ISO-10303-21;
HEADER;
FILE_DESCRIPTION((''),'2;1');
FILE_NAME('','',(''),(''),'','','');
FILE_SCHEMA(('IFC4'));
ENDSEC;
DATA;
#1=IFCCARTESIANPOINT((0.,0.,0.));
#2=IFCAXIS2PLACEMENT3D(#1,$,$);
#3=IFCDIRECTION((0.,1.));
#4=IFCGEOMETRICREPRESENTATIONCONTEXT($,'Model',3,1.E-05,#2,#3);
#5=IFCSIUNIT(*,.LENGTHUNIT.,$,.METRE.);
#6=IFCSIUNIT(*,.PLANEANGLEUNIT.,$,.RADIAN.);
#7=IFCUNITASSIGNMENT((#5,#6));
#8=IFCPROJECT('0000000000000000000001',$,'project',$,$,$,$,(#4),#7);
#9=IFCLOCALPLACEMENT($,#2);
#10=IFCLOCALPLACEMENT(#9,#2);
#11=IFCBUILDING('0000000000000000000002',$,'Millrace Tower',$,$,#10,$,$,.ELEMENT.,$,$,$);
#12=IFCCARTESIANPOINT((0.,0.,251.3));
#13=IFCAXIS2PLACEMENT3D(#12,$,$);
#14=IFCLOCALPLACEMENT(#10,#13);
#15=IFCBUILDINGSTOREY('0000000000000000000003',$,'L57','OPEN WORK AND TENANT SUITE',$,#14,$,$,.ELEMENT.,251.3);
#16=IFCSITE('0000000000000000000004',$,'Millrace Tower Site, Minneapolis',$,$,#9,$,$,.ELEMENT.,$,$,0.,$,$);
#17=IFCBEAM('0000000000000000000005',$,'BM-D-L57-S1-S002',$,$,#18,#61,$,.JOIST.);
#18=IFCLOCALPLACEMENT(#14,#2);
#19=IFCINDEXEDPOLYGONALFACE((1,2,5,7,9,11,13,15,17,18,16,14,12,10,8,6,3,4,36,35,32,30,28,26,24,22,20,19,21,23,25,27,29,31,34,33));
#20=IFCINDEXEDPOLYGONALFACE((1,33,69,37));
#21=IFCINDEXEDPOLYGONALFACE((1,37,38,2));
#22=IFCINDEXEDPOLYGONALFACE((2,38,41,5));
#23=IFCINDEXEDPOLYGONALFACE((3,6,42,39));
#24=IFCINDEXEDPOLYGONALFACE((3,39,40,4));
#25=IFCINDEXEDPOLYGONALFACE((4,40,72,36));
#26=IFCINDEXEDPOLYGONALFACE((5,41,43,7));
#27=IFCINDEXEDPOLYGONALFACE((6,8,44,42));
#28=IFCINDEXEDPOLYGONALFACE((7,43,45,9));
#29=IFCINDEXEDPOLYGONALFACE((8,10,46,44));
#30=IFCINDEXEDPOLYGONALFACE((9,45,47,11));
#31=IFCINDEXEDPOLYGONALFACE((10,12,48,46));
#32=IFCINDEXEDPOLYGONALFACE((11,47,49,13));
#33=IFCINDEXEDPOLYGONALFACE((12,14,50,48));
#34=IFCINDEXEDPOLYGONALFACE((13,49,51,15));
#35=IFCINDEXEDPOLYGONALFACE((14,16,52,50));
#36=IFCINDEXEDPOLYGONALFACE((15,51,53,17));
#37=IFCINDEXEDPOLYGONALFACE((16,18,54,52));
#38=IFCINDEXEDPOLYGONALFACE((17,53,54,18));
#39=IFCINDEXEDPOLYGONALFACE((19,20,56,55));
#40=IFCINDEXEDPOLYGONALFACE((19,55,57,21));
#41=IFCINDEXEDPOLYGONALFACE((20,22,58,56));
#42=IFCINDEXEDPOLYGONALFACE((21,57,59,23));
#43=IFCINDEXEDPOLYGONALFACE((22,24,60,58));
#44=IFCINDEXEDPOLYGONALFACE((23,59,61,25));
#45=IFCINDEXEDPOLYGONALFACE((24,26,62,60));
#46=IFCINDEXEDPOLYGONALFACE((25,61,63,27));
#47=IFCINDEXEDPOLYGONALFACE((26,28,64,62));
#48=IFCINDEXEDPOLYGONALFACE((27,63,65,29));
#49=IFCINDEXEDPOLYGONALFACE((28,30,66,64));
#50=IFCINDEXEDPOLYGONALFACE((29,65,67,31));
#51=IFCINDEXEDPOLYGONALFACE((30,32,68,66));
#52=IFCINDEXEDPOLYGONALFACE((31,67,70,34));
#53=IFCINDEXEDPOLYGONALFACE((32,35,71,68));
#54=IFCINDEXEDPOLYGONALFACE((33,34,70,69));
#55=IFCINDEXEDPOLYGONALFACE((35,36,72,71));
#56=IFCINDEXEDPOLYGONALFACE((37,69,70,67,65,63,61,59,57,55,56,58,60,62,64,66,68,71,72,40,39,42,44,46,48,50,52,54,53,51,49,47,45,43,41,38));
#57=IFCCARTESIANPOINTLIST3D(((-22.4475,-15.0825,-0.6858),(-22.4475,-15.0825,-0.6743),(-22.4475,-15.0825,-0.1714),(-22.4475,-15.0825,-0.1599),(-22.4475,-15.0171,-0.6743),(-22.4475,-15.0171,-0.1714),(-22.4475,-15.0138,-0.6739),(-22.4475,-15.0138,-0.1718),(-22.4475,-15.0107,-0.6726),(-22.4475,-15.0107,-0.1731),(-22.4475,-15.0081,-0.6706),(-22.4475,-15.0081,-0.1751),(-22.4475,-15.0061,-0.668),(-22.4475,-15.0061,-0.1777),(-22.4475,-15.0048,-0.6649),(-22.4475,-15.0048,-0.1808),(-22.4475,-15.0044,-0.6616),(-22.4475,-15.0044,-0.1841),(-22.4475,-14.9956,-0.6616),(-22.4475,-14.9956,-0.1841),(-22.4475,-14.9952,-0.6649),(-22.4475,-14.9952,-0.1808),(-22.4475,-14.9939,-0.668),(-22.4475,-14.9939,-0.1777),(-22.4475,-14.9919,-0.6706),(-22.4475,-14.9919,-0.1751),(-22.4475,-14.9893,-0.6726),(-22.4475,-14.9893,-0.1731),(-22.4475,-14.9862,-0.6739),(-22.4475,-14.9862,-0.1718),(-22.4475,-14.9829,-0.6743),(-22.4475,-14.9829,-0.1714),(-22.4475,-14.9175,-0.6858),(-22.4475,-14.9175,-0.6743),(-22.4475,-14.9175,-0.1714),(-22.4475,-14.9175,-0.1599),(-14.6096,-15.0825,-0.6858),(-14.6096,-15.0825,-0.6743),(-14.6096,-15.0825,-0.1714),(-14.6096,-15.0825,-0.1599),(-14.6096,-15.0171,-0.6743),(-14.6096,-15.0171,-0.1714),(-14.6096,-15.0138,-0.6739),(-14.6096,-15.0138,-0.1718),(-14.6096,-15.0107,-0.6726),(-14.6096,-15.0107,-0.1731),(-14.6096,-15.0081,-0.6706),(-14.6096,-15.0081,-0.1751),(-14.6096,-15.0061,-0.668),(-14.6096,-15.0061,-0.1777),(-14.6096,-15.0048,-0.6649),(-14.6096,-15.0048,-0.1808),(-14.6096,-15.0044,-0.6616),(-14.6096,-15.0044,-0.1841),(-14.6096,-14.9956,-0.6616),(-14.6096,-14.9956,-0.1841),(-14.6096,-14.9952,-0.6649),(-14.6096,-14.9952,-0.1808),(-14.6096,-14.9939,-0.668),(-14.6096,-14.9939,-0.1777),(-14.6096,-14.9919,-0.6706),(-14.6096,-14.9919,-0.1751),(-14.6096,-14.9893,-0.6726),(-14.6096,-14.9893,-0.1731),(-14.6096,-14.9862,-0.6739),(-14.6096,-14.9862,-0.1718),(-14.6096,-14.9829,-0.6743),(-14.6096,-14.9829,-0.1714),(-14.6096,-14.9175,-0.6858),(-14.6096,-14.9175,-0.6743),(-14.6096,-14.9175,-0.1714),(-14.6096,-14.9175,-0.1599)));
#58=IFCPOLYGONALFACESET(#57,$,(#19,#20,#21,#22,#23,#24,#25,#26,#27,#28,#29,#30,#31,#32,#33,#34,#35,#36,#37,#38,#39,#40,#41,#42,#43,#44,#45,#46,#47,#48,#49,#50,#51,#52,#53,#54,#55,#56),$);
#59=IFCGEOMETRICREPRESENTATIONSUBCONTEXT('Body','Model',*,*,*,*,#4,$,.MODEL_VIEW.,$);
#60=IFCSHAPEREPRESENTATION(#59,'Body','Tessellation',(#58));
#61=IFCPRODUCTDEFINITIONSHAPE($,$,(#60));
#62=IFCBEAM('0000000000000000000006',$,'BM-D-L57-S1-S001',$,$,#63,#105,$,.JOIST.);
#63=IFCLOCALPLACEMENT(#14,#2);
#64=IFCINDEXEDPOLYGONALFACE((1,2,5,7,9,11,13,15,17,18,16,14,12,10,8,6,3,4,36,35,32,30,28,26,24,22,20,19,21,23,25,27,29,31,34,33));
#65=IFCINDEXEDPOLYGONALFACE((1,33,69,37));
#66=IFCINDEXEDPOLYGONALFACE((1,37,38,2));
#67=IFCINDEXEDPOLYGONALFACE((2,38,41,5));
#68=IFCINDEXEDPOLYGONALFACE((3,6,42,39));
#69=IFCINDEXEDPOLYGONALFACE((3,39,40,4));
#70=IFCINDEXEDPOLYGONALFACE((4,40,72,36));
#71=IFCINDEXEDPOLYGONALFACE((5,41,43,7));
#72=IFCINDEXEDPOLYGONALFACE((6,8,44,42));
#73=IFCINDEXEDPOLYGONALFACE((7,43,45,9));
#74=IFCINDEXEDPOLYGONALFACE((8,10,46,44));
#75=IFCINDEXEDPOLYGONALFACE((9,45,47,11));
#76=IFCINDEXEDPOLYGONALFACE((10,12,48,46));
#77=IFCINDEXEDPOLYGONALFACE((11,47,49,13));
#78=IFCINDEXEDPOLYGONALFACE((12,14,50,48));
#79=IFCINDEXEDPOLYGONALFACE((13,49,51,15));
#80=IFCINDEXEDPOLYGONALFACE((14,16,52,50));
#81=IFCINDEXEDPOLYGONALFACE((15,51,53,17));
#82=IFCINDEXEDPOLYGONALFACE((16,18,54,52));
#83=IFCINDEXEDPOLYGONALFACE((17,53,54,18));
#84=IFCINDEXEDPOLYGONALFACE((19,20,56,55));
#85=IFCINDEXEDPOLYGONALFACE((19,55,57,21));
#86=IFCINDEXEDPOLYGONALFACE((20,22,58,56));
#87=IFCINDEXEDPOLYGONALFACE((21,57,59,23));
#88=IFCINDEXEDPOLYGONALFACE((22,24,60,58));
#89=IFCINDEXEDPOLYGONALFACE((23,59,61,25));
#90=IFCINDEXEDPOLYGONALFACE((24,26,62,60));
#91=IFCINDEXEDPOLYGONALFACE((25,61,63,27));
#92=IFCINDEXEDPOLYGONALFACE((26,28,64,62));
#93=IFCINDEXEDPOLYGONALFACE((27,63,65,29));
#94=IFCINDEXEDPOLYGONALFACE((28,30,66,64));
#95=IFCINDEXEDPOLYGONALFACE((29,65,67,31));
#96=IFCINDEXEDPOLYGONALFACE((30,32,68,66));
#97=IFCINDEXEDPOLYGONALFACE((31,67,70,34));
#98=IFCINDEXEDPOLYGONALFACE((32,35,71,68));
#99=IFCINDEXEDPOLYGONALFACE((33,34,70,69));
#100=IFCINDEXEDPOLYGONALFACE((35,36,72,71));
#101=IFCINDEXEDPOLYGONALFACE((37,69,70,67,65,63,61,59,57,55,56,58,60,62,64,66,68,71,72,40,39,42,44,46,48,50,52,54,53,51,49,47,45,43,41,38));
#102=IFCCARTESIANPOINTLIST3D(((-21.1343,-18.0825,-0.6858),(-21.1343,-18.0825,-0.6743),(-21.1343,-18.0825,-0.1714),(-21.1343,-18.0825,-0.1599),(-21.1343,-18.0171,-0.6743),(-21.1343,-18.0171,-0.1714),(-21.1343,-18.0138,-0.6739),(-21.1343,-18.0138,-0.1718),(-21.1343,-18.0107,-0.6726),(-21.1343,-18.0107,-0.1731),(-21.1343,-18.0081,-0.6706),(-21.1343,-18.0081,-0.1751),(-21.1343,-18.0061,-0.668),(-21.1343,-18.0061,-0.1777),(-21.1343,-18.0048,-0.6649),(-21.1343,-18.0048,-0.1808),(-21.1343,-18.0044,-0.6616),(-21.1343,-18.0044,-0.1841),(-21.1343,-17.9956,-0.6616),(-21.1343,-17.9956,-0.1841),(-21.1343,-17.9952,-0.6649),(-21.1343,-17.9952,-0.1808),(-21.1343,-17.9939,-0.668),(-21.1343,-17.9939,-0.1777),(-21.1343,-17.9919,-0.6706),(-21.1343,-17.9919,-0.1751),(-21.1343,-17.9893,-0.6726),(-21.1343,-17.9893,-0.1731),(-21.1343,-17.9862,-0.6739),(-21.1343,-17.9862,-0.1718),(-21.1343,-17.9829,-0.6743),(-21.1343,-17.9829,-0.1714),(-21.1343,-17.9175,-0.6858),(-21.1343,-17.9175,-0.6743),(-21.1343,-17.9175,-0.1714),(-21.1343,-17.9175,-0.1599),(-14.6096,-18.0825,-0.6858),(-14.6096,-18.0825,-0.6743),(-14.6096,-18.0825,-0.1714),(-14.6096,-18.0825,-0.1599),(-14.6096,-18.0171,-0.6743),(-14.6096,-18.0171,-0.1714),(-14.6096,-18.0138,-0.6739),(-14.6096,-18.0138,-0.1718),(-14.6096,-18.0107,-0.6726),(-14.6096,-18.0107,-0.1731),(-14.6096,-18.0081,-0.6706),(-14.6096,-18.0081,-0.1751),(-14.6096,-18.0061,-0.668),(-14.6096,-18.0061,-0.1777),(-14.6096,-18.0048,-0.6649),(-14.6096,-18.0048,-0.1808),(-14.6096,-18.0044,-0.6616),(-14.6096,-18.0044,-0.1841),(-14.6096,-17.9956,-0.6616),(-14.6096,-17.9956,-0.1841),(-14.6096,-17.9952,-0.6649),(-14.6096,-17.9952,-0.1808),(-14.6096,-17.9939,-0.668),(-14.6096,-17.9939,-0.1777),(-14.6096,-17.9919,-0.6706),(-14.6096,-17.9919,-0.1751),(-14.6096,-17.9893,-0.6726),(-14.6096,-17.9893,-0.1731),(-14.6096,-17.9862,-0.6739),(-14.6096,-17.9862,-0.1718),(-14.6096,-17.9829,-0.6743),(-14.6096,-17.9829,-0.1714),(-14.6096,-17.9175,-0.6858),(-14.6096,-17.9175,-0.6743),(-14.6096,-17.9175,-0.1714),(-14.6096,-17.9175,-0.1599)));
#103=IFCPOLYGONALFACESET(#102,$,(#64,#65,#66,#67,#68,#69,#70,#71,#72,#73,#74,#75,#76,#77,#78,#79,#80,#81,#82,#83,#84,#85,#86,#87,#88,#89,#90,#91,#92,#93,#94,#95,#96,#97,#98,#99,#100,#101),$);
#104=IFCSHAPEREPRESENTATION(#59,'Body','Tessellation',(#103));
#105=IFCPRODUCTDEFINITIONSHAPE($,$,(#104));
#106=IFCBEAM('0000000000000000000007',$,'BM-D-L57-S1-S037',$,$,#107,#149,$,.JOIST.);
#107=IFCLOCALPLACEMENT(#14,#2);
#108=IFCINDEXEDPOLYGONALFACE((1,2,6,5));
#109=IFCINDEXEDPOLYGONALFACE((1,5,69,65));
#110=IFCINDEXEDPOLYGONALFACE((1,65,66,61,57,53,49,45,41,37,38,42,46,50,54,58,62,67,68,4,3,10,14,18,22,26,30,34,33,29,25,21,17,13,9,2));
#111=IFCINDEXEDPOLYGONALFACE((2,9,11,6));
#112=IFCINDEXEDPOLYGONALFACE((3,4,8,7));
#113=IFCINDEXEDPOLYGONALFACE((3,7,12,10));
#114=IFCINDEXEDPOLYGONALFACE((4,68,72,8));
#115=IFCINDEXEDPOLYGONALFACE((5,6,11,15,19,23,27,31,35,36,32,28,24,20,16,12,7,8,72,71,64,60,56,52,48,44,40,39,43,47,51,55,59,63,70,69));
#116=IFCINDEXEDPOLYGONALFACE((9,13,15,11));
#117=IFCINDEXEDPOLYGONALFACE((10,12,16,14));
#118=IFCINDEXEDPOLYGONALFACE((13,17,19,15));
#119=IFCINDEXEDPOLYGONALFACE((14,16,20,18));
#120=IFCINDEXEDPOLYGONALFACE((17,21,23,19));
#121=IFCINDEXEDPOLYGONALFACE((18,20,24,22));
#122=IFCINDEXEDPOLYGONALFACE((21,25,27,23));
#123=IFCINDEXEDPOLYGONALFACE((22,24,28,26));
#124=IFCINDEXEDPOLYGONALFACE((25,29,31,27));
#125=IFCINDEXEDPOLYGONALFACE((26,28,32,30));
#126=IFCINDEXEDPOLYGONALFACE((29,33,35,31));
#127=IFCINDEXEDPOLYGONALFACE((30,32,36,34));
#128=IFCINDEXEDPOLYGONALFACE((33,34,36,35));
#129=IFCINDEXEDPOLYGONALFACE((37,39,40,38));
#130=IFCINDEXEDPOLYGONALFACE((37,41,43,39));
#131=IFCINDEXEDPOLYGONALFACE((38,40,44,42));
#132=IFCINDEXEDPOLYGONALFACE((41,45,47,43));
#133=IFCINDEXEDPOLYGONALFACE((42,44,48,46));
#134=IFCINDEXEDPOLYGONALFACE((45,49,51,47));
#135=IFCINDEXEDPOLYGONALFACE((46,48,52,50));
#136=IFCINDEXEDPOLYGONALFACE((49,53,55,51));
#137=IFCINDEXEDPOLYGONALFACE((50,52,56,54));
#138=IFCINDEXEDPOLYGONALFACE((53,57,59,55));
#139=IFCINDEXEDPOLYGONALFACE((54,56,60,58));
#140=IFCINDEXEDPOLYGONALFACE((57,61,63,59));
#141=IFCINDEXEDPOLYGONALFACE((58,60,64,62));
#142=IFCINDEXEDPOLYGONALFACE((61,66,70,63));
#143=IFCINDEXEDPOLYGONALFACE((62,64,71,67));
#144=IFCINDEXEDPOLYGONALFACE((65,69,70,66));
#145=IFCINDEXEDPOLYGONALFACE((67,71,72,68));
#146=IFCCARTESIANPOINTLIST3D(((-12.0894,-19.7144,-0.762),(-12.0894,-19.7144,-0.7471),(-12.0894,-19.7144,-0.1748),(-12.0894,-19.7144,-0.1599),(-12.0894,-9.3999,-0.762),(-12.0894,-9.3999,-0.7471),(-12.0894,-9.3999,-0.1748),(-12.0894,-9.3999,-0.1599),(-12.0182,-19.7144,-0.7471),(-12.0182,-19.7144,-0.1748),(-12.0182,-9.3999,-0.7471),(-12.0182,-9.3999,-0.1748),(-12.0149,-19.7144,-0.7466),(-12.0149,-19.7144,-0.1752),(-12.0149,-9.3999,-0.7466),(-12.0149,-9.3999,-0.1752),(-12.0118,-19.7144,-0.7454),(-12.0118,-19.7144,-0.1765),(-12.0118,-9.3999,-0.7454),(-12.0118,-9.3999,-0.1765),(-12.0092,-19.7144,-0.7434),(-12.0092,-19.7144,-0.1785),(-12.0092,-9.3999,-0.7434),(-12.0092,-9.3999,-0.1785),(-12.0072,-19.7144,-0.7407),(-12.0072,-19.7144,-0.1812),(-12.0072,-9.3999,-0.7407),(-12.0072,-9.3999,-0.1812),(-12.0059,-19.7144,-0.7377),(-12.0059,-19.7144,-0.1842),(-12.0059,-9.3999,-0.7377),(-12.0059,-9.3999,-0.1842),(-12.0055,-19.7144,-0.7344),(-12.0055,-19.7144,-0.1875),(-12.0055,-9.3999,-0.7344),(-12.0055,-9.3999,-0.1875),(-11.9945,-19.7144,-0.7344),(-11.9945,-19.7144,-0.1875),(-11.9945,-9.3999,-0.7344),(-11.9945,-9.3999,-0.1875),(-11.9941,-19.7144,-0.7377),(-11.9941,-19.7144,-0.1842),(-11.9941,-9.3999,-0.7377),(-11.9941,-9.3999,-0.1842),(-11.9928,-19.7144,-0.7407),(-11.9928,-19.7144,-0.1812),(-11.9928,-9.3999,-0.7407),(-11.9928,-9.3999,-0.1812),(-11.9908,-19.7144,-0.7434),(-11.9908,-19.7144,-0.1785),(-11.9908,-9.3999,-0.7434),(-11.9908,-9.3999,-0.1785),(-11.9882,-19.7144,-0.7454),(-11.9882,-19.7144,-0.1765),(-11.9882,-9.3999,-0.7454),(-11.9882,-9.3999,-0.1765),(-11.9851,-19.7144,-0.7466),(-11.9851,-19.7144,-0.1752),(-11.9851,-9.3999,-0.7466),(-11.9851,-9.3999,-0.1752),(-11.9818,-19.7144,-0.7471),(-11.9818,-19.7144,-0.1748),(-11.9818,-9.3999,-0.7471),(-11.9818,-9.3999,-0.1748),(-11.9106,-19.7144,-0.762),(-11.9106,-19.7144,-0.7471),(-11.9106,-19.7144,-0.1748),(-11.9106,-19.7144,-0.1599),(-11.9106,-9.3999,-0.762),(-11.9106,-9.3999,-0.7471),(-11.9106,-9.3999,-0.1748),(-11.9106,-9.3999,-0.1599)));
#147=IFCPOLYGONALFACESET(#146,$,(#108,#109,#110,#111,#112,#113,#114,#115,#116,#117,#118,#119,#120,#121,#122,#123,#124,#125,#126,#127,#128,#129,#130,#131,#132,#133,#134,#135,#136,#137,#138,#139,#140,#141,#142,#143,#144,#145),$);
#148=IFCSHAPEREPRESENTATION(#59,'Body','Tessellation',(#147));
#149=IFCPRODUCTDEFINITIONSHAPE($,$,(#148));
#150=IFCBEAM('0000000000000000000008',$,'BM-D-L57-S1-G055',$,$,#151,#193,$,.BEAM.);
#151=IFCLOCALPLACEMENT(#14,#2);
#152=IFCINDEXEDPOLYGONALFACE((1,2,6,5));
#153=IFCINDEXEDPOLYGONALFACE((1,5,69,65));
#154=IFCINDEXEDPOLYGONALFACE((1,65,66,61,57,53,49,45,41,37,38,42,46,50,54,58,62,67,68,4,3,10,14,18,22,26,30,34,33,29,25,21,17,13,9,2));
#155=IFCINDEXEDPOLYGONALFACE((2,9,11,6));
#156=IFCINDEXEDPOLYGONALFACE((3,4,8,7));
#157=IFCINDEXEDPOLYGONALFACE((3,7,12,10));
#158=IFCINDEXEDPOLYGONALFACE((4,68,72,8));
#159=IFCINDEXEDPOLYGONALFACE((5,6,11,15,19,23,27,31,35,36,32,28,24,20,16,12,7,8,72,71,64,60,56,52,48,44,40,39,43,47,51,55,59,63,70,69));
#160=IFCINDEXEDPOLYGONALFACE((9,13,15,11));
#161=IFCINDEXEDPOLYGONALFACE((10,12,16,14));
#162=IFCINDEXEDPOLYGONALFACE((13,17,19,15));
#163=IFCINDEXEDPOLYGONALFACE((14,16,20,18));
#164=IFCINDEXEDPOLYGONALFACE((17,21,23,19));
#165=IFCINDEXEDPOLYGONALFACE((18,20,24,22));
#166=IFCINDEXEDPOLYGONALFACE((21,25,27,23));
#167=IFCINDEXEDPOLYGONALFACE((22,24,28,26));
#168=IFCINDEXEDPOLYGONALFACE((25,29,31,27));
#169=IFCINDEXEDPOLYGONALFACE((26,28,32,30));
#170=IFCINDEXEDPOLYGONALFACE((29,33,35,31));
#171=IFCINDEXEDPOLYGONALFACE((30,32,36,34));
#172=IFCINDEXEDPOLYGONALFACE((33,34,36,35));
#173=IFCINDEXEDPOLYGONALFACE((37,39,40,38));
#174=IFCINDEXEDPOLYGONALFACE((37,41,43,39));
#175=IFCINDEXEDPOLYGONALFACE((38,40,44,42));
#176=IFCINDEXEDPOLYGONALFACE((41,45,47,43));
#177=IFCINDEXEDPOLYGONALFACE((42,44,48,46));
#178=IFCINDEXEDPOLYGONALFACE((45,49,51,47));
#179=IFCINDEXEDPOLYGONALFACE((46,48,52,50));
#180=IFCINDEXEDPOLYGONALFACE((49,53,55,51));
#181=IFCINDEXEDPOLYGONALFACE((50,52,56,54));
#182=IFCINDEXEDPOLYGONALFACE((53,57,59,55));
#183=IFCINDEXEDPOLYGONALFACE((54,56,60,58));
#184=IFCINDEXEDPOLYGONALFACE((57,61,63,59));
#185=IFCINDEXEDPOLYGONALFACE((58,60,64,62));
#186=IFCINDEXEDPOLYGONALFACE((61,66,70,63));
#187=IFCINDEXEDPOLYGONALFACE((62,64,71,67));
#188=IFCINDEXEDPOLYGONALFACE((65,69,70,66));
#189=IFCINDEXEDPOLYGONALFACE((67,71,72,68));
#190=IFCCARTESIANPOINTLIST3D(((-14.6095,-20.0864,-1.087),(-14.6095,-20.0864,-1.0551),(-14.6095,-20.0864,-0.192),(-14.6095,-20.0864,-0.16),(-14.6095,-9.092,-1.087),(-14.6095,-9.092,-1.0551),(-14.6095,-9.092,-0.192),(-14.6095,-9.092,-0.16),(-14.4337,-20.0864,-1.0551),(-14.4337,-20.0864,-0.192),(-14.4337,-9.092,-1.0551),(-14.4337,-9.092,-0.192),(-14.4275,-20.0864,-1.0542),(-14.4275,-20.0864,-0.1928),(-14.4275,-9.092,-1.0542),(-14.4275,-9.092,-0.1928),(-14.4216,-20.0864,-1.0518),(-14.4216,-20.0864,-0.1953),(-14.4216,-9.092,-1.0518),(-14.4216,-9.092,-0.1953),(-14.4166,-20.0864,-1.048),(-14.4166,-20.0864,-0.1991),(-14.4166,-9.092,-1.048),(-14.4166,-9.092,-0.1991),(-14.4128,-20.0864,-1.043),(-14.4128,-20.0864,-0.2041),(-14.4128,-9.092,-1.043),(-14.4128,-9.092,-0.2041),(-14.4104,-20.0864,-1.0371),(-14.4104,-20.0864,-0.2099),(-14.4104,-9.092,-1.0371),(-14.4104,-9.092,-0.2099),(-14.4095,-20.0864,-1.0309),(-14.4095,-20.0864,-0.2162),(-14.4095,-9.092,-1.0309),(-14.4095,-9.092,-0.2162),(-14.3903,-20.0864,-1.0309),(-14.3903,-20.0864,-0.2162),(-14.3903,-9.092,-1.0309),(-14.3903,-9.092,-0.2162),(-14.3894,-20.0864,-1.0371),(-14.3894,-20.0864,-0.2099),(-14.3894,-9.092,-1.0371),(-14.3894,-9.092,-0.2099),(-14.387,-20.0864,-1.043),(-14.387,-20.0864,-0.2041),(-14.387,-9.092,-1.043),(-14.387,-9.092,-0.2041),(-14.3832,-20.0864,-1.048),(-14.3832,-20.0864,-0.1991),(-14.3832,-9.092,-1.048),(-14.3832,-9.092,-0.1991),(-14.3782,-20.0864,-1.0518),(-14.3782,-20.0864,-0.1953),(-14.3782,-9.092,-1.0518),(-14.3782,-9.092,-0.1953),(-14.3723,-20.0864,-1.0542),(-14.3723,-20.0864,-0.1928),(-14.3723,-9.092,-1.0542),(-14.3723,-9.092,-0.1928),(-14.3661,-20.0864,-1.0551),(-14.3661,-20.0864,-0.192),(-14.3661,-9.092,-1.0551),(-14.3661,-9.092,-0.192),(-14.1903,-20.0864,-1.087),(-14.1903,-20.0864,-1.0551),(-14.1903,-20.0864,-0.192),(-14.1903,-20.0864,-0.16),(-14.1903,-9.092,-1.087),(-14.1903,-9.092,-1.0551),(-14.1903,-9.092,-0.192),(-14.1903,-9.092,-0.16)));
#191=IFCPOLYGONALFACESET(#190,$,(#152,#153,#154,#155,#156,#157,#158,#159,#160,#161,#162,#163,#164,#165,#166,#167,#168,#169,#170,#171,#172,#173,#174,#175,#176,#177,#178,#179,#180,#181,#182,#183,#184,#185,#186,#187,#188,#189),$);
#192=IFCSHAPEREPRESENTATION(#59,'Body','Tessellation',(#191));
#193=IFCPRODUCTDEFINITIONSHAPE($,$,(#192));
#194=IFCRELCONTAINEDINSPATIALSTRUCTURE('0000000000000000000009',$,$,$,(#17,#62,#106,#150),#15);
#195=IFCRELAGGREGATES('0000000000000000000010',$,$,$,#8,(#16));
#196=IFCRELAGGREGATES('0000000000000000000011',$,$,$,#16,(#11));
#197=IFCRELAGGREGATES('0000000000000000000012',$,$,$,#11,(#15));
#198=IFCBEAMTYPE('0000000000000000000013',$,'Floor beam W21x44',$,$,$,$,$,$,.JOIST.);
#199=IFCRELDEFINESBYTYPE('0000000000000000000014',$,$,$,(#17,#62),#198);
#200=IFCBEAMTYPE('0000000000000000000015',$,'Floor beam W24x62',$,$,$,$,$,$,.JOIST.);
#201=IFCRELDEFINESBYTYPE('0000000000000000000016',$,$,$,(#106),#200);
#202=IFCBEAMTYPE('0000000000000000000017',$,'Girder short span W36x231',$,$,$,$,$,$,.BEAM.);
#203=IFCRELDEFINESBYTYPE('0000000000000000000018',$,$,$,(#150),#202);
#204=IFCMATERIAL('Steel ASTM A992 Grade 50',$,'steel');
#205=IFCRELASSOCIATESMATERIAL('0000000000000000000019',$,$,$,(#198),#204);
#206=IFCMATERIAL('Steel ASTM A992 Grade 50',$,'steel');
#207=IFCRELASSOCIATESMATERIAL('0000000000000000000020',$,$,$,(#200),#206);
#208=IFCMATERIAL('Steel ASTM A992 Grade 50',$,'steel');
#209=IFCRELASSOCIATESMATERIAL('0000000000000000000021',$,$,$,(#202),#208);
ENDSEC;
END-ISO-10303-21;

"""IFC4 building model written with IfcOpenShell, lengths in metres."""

from ifc_helpers import new_model, si_unit, direction, frame, origin, origin_2d, place, context, subcontext, project, spatial, i_section, extrude, material, material_profile, profile_set, type_object, element, save


model = new_model("IFC4")

# Units and contexts
model_context = context("Model", 3, precision=1e-05, world=origin(), true_north=direction((0.0, 1.0)))
body_context = subcontext(model_context, "Body", "Model", "MODEL_VIEW")
ifc_project = project(units=[si_unit("LENGTHUNIT", "METRE"), si_unit("PLANEANGLEUNIT", "RADIAN")], contexts=[model_context])

# Site, building, storey
site_placement = place(None, origin())
site = spatial("IfcSite", under=ifc_project, at=site_placement, Name="Millrace Tower Site, Minneapolis", CompositionType="ELEMENT", RefElevation=0.0)
building_placement = place(site_placement, origin())
building = spatial("IfcBuilding", under=site, at=building_placement, Name="Millrace Tower", CompositionType="ELEMENT")
storey_placement = place(building_placement, frame((0.0, 0.0, 251.3)))
storey = spatial("IfcBuildingStorey", under=building, at=storey_placement, Name="L57", Description="OPEN WORK AND TENANT SUITE", CompositionType="ELEMENT", Elevation=251.3)

# Beams
ifc_material_1 = material(Name="Steel ASTM A992 Grade 50", Category="steel")
ifc_material_profile_1 = material_profile(ifc_material_1, i_section(OverallWidth=0.165, OverallDepth=0.5259, WebThickness=0.0088, FlangeThickness=0.0115, FilletRadius=0.0127, at=origin_2d()))
ifc_profile_set_1 = profile_set([ifc_material_profile_1], Name="Steel ASTM A992 Grade 50")
beam_type_1 = type_object("IfcBeamType", Name="Floor beam W21x44", PredefinedType="JOIST", material=ifc_profile_set_1)
beam_1_placement = place(storey_placement, frame((-22.4475, -15.0, -0.4229), z_axis=(1.0, 0.0, 0.0), x_axis=(0.0, 1.0, 0.0)))
element("IfcBeam", 1, at=beam_1_placement, inside=storey, type_object=beam_type_1, Name="BM-D-L57-S1-S002", PredefinedType="JOIST", context=body_context, shape_type="SweptSolid", body=[
    extrude(i_section(OverallWidth=0.165, OverallDepth=0.5259, WebThickness=0.0088, FlangeThickness=0.0115, FilletRadius=0.0127, at=origin_2d()), origin(), (0.0, 0.0, 1.0), 7.8379),
])
beam_2_placement = place(storey_placement, frame((-21.1343, -18.0, -0.4229), z_axis=(1.0, 0.0, 0.0), x_axis=(0.0, 1.0, 0.0)))
element("IfcBeam", 2, at=beam_2_placement, inside=storey, type_object=beam_type_1, Name="BM-D-L57-S1-S001", PredefinedType="JOIST", context=body_context, shape_type="SweptSolid", body=[
    extrude(i_section(OverallWidth=0.165, OverallDepth=0.5259, WebThickness=0.0088, FlangeThickness=0.0115, FilletRadius=0.0127, at=origin_2d()), origin(), (0.0, 0.0, 1.0), 6.5247),
])
ifc_material_2 = material(Name="Steel ASTM A992 Grade 50", Category="steel")
ifc_material_profile_2 = material_profile(ifc_material_2, i_section(OverallWidth=0.1787, OverallDepth=0.6021, WebThickness=0.011, FlangeThickness=0.0149, FilletRadius=0.0127, at=origin_2d()))
ifc_profile_set_2 = profile_set([ifc_material_profile_2], Name="Steel ASTM A992 Grade 50")
beam_type_2 = type_object("IfcBeamType", Name="Floor beam W24x62", PredefinedType="JOIST", material=ifc_profile_set_2)
beam_3_placement = place(storey_placement, frame((-12.0, -19.7144, -0.4609), z_axis=(0.0, 1.0, 0.0), x_axis=(-1.0, 0.0, 0.0)))
element("IfcBeam", 3, at=beam_3_placement, inside=storey, type_object=beam_type_2, Name="BM-D-L57-S1-S037", PredefinedType="JOIST", context=body_context, shape_type="SweptSolid", body=[
    extrude(i_section(OverallWidth=0.1787, OverallDepth=0.6021, WebThickness=0.011, FlangeThickness=0.0149, FilletRadius=0.0127, at=origin_2d()), origin(), (0.0, 0.0, 1.0), 10.3145),
])
ifc_material_3 = material(Name="Steel ASTM A992 Grade 50", Category="steel")
ifc_material_profile_3 = material_profile(ifc_material_3, i_section(OverallWidth=0.4192, OverallDepth=0.927, WebThickness=0.0193, FlangeThickness=0.032, FilletRadius=0.0242, at=origin_2d()))
ifc_profile_set_3 = profile_set([ifc_material_profile_3], Name="Steel ASTM A992 Grade 50")
beam_type_3 = type_object("IfcBeamType", Name="Girder short span W36x231", PredefinedType="BEAM", material=ifc_profile_set_3)
beam_4_placement = place(storey_placement, frame((-14.3999, -20.0864, -0.6235), z_axis=(0.0, 1.0, 0.0), x_axis=(-1.0, 0.0, 0.0)))
element("IfcBeam", 4, at=beam_4_placement, inside=storey, type_object=beam_type_3, Name="BM-D-L57-S1-G055", PredefinedType="BEAM", context=body_context, shape_type="SweptSolid", body=[
    extrude(i_section(OverallWidth=0.4192, OverallDepth=0.927, WebThickness=0.0193, FlangeThickness=0.032, FilletRadius=0.0242, at=origin_2d()), origin(), (0.0, 0.0, 1.0), 10.9944),
])

save(model, "model.ifc")
